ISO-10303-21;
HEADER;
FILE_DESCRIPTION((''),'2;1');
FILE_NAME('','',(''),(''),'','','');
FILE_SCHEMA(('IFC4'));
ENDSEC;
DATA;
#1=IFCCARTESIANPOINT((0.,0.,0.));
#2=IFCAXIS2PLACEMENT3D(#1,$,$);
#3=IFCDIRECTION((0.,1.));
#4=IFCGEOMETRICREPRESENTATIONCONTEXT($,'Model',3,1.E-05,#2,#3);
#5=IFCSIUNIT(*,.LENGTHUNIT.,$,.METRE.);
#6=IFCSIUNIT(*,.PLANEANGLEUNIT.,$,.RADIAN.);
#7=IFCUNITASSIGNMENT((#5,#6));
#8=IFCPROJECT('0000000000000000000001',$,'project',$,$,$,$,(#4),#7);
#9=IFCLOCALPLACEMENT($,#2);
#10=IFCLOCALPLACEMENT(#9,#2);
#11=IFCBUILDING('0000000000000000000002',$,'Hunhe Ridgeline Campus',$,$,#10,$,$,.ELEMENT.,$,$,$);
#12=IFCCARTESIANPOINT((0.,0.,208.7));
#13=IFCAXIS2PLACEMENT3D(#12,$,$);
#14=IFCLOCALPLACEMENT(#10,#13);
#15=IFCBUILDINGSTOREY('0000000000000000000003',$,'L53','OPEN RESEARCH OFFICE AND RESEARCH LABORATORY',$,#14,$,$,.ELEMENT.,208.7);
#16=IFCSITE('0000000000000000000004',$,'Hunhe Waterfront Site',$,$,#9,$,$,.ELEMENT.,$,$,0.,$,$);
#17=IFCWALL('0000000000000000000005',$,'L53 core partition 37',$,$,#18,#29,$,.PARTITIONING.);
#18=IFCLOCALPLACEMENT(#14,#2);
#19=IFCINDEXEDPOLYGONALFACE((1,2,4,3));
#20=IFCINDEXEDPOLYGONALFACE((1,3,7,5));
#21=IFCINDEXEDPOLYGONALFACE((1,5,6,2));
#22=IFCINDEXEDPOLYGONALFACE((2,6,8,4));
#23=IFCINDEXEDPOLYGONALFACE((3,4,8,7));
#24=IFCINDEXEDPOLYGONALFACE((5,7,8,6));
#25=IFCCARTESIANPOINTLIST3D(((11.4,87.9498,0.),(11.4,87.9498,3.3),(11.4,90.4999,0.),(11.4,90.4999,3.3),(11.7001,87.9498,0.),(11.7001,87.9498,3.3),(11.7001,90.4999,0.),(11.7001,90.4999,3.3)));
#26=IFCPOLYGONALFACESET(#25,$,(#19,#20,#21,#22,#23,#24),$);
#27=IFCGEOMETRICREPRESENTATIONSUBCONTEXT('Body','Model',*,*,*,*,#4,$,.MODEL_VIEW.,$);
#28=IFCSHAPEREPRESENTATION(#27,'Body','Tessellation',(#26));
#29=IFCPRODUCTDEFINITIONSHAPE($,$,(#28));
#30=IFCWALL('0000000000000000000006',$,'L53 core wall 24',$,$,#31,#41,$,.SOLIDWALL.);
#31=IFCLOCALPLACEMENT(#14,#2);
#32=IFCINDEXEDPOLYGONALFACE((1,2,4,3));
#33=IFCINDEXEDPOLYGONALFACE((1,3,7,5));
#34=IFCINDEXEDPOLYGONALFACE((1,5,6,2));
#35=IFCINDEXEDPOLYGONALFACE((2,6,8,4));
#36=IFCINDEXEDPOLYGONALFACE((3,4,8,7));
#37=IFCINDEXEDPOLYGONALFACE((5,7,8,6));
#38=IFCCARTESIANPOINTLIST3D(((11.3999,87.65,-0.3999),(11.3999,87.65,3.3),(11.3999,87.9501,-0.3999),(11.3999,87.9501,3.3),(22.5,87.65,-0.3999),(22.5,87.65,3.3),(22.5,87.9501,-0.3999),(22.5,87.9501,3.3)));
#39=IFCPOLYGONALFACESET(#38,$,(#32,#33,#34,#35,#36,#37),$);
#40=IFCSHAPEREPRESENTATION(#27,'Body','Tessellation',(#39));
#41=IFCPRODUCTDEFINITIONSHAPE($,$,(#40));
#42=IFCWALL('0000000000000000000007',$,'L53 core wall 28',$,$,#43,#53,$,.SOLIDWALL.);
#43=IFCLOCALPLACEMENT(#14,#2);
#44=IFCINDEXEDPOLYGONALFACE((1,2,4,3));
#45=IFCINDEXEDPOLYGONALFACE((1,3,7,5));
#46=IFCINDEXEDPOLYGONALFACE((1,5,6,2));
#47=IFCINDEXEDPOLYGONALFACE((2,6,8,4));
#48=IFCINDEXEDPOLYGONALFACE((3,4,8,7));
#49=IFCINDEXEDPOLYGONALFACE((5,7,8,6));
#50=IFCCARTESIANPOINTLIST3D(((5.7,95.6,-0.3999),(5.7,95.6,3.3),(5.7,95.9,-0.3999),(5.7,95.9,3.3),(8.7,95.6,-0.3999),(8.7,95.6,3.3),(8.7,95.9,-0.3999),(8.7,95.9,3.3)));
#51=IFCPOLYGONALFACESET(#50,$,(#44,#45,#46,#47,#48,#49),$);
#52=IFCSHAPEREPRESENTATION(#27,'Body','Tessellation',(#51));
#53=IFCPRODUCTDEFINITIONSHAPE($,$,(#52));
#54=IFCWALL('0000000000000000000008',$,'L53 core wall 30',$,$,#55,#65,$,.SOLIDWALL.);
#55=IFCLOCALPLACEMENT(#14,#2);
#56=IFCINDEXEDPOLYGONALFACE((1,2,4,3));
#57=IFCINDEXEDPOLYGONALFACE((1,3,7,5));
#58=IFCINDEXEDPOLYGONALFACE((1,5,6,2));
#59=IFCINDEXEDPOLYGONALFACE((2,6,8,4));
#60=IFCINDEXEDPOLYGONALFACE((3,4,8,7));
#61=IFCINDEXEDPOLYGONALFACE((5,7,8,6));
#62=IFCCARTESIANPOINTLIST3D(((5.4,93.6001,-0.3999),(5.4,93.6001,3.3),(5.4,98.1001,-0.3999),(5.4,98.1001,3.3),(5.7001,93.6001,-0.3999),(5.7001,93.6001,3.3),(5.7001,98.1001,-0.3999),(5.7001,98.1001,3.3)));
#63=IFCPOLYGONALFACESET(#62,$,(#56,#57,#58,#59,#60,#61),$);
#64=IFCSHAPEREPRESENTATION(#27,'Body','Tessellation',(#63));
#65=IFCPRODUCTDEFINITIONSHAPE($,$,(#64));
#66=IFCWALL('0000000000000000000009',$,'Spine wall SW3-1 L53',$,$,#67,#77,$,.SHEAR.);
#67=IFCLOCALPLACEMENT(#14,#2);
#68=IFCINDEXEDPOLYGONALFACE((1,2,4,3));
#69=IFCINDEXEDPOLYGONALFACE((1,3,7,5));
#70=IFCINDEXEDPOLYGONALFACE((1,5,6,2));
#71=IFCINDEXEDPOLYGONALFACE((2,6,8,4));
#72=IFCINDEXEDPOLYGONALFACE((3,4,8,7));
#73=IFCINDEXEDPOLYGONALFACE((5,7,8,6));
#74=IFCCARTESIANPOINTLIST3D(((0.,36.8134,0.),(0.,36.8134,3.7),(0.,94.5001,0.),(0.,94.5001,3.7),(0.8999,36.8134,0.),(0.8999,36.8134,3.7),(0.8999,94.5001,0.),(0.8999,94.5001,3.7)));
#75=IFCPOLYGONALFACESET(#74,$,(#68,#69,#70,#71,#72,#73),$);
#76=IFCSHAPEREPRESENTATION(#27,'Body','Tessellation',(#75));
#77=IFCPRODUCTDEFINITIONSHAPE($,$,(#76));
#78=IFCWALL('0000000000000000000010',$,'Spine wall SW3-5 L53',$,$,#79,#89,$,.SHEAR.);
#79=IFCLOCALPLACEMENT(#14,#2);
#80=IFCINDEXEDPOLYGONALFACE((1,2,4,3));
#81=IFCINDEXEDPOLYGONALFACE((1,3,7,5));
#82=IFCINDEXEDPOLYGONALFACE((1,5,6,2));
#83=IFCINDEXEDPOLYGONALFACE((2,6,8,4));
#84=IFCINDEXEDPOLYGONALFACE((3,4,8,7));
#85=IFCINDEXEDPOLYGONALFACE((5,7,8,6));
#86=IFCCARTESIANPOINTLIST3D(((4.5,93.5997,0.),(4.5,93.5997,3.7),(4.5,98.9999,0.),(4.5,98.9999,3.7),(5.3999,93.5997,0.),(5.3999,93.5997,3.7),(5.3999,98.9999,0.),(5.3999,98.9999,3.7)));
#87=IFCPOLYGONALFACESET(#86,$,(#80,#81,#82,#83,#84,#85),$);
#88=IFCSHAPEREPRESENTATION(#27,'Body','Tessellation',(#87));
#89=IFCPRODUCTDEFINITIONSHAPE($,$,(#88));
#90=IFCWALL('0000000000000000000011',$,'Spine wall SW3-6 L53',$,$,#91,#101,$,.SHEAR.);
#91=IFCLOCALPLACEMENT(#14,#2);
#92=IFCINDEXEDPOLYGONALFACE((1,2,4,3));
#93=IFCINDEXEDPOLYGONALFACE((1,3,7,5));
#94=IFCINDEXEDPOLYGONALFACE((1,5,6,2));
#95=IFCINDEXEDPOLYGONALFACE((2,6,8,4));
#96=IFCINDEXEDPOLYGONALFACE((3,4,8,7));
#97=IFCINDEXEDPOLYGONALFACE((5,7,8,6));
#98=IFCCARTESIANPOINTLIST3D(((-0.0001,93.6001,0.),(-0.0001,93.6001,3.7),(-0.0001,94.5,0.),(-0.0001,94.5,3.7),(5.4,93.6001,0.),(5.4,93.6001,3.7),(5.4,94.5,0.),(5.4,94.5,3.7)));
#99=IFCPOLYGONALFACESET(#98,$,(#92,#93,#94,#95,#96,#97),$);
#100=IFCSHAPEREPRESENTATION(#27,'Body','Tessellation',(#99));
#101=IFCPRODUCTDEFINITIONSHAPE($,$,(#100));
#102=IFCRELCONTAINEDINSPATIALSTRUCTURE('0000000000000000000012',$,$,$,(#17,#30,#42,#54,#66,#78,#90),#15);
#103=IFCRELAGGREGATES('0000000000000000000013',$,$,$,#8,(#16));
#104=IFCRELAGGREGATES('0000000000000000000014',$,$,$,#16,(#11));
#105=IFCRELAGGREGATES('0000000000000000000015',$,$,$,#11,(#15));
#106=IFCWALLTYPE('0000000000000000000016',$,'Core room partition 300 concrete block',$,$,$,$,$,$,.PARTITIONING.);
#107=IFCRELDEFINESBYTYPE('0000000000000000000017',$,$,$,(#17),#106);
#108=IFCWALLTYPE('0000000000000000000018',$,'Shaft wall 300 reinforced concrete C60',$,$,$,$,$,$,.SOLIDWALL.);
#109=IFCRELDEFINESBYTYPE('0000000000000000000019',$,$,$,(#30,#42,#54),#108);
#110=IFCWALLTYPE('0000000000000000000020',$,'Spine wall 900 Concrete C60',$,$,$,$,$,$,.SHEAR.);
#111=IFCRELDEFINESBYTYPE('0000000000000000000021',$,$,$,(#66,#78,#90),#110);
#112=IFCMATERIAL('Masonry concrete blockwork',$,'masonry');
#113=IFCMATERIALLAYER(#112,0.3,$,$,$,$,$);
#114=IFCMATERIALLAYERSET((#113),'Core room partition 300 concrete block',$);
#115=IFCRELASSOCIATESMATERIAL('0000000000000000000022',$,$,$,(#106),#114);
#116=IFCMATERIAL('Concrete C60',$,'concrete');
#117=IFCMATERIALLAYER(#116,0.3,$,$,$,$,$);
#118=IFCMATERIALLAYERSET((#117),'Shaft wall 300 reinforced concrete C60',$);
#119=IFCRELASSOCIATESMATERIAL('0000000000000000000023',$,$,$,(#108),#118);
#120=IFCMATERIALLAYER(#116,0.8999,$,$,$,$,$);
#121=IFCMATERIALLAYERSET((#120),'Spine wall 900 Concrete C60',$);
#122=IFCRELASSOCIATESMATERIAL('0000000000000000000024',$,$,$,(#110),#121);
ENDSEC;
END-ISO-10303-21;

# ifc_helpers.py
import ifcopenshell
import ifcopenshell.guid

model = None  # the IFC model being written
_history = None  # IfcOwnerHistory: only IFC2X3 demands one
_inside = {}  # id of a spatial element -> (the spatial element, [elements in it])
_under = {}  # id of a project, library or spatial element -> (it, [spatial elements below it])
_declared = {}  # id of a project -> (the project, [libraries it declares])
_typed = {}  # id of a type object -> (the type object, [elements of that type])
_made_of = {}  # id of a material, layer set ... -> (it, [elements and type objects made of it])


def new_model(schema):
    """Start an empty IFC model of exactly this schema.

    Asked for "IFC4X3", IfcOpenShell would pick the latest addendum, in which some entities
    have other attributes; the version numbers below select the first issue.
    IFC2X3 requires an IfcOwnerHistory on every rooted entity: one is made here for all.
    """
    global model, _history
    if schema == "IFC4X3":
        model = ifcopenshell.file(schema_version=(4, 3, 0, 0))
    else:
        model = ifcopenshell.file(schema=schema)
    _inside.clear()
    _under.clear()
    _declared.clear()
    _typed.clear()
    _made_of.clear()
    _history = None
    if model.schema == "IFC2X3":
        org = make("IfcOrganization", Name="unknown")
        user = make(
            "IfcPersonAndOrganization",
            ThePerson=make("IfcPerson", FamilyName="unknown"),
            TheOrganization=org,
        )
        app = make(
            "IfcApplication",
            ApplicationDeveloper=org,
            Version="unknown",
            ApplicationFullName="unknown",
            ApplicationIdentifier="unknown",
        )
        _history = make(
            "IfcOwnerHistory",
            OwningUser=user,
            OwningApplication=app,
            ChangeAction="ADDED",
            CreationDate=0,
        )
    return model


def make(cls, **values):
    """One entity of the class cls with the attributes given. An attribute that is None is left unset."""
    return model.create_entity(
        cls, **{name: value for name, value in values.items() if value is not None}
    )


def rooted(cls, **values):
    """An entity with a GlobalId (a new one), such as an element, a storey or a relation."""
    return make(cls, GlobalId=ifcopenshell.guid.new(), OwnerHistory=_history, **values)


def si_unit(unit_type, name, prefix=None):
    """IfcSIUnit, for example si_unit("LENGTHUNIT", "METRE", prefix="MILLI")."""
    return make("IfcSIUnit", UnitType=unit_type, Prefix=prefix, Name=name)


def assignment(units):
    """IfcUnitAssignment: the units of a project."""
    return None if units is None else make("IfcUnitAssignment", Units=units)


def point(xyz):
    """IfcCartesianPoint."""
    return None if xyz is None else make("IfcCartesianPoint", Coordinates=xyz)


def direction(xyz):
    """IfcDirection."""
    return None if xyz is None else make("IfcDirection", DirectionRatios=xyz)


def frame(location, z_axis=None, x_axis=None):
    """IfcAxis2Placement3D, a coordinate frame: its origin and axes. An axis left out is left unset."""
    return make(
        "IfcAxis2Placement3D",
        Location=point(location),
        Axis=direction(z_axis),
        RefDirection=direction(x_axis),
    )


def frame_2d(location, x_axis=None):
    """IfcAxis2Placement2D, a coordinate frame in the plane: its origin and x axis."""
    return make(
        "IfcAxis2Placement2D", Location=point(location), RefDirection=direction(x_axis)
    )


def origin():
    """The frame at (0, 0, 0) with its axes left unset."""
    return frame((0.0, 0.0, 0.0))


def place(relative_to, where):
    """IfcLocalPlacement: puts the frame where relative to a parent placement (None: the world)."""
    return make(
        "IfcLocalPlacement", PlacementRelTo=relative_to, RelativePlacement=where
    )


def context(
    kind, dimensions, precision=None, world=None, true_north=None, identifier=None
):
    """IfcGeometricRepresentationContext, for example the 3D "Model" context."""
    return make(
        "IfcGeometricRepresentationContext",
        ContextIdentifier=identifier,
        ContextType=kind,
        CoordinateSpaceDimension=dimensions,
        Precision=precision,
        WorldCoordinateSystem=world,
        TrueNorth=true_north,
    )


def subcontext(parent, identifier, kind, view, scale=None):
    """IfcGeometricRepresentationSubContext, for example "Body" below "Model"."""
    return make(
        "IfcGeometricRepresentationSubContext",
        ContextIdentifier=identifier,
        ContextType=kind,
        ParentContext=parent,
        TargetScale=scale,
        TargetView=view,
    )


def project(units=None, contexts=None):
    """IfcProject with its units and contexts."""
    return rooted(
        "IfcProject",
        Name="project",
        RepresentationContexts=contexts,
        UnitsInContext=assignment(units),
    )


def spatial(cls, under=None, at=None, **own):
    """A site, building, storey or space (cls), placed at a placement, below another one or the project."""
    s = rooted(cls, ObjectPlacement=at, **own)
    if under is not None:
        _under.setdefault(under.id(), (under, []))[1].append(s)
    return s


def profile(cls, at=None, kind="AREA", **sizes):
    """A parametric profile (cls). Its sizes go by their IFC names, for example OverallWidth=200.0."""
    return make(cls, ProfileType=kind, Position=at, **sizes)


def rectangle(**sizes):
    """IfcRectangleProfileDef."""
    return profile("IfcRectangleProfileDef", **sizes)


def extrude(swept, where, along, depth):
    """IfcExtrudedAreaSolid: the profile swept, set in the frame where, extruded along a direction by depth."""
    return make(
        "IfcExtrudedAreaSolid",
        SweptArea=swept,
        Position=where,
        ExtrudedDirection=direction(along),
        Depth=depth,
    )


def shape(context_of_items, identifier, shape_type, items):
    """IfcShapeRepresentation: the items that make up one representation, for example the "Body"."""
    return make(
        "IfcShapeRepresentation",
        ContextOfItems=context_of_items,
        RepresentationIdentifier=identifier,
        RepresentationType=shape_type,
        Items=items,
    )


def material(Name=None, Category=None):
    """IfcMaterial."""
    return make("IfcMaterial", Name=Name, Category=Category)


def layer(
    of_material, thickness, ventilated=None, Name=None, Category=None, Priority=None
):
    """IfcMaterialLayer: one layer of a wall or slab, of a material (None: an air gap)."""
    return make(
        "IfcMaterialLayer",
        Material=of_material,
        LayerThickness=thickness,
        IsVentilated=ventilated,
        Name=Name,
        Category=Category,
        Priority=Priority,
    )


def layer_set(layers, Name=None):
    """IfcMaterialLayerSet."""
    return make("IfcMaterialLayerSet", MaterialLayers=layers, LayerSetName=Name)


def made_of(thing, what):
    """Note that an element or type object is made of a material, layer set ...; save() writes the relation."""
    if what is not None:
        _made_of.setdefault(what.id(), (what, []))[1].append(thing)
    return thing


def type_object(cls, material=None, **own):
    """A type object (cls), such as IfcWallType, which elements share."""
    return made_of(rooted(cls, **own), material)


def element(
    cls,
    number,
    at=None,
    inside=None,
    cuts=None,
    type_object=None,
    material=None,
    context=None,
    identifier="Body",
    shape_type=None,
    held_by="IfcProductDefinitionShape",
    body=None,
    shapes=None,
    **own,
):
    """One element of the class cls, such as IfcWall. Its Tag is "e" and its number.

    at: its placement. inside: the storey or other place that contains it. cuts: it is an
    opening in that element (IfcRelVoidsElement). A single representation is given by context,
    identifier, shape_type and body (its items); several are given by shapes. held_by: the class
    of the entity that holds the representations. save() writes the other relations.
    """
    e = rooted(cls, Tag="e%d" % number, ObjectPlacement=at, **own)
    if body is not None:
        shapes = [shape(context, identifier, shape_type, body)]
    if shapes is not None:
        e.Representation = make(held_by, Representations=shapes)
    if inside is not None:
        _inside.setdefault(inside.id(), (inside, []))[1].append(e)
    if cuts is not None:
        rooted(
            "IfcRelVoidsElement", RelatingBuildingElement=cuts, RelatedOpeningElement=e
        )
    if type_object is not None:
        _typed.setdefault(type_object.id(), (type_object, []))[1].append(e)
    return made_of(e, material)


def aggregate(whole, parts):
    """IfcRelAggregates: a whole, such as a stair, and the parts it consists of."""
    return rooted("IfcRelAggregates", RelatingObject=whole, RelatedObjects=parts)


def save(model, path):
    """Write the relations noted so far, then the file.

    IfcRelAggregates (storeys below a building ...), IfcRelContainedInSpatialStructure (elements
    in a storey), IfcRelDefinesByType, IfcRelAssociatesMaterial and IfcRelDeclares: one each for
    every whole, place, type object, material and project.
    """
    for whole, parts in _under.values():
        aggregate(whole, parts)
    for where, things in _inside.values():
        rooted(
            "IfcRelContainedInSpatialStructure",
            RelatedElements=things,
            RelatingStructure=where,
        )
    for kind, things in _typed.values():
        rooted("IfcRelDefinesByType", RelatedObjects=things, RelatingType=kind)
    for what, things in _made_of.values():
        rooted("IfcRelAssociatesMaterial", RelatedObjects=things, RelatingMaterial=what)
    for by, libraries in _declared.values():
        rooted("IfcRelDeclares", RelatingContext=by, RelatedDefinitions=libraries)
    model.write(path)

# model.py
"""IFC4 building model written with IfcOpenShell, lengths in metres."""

from ifc_helpers import new_model, si_unit, direction, frame, frame_2d, origin, place, context, subcontext, project, spatial, rectangle, extrude, material, layer, layer_set, type_object, element, save


model = new_model("IFC4")

# Units and contexts
model_context = context("Model", 3, precision=1e-05, world=origin(), true_north=direction((0.0, 1.0)))
body_context = subcontext(model_context, "Body", "Model", "MODEL_VIEW")
ifc_project = project(units=[si_unit("LENGTHUNIT", "METRE"), si_unit("PLANEANGLEUNIT", "RADIAN")], contexts=[model_context])

# Site, building, storey
site_placement = place(None, origin())
site = spatial("IfcSite", under=ifc_project, at=site_placement, Name="Hunhe Waterfront Site", CompositionType="ELEMENT", RefElevation=0.0)
building_placement = place(site_placement, origin())
building = spatial("IfcBuilding", under=site, at=building_placement, Name="Hunhe Ridgeline Campus", CompositionType="ELEMENT")
storey_placement = place(building_placement, frame((0.0, 0.0, 208.7)))
storey = spatial("IfcBuildingStorey", under=building, at=storey_placement, Name="L53", Description="OPEN RESEARCH OFFICE AND RESEARCH LABORATORY", CompositionType="ELEMENT", Elevation=208.7)

# Wall
ifc_material_1 = material(Name="Masonry concrete blockwork", Category="masonry")
ifc_layer_1 = layer(ifc_material_1, 0.3)
ifc_layer_set_1 = layer_set([ifc_layer_1], Name="Core room partition 300 concrete block")
wall_type_1 = type_object("IfcWallType", Name="Core room partition 300 concrete block", PredefinedType="PARTITIONING", material=ifc_layer_set_1)
wall_1_placement = place(storey_placement, frame((11.55, 87.95, 0.0), z_axis=(0.0, 0.0, 1.0), x_axis=(0.0, 1.0, 0.0)))
element("IfcWall", 1, at=wall_1_placement, inside=storey, type_object=wall_type_1, Name="L53 core partition 37", PredefinedType="PARTITIONING", context=body_context, shape_type="SweptSolid", body=[
    extrude(rectangle(XDim=2.55, YDim=0.3, at=frame_2d((1.2749, 0.0))), origin(), (0.0, 0.0, 1.0), 3.3),
])

# Shared definitions
ifc_material_2 = material(Name="Concrete C60", Category="concrete")

# Wall
ifc_layer_2 = layer(ifc_material_2, 0.3)
ifc_layer_set_2 = layer_set([ifc_layer_2], Name="Shaft wall 300 reinforced concrete C60")
wall_type_2 = type_object("IfcWallType", Name="Shaft wall 300 reinforced concrete C60", PredefinedType="SOLIDWALL", material=ifc_layer_set_2)
wall_2_placement = place(storey_placement, frame((11.3999, 87.8, -0.3999), z_axis=(0.0, 0.0, 1.0), x_axis=(1.0, 0.0, 0.0)))
element("IfcWall", 2, at=wall_2_placement, inside=storey, type_object=wall_type_2, Name="L53 core wall 24", PredefinedType="SOLIDWALL", context=body_context, shape_type="SweptSolid", body=[
    extrude(rectangle(XDim=11.1001, YDim=0.3, at=frame_2d((5.55, 0.0))), origin(), (0.0, 0.0, 1.0), 3.7),
])

# Walls
wall_3_placement = place(storey_placement, frame((5.7, 95.75, -0.3999), z_axis=(0.0, 0.0, 1.0), x_axis=(1.0, 0.0, 0.0)))
element("IfcWall", 3, at=wall_3_placement, inside=storey, type_object=wall_type_2, Name="L53 core wall 28", PredefinedType="SOLIDWALL", context=body_context, shape_type="SweptSolid", body=[
    extrude(rectangle(XDim=3.0, YDim=0.3, at=frame_2d((1.5, 0.0))), origin(), (0.0, 0.0, 1.0), 3.7),
])
wall_4_placement = place(storey_placement, frame((5.55, 93.6001, -0.3999), z_axis=(0.0, 0.0, 1.0), x_axis=(0.0, 1.0, 0.0)))
element("IfcWall", 4, at=wall_4_placement, inside=storey, type_object=wall_type_2, Name="L53 core wall 30", PredefinedType="SOLIDWALL", context=body_context, shape_type="SweptSolid", body=[
    extrude(rectangle(XDim=4.5, YDim=0.3, at=frame_2d((2.25, 0.0))), origin(), (0.0, 0.0, 1.0), 3.7),
])

# Walls
ifc_layer_3 = layer(ifc_material_2, 0.8999)
ifc_layer_set_3 = layer_set([ifc_layer_3], Name="Spine wall 900 Concrete C60")
wall_type_3 = type_object("IfcWallType", Name="Spine wall 900 Concrete C60", PredefinedType="SHEAR", material=ifc_layer_set_3)
wall_5_placement = place(storey_placement, frame((0.45, 94.5, 0.0), z_axis=(0.0, 0.0, 1.0), x_axis=(0.0, -1.0, 0.0)))
element("IfcWall", 5, at=wall_5_placement, inside=storey, type_object=wall_type_3, Name="Spine wall SW3-1 L53", PredefinedType="SHEAR", context=body_context, shape_type="SweptSolid", body=[
    extrude(rectangle(XDim=57.6868, YDim=0.8999, at=frame_2d((28.8433, 0.0))), origin(), (0.0, 0.0, 1.0), 3.7),
])
for number, where, z_axis, x_axis, name in (
    (6, (4.95, 99.0, 0.0), (0.0, 0.0, 1.0), (0.0, -1.0, 0.0), "Spine wall SW3-5 L53"),
    (7, (5.4001, 94.05, 0.0), (0.0, 0.0, 1.0), (-1.0, 0.0, 0.0), "Spine wall SW3-6 L53"),
):
    element("IfcWall", number, at=place(storey_placement, frame(where, z_axis=z_axis, x_axis=x_axis)), inside=storey, type_object=wall_type_3, Name=name, PredefinedType="SHEAR", context=body_context, shape_type="SweptSolid", body=[
        extrude(rectangle(XDim=5.4001, YDim=0.8999, at=frame_2d((2.7002, 0.0))), origin(), (0.0, 0.0, 1.0), 3.7),
    ])

save(model, "model.ifc")
